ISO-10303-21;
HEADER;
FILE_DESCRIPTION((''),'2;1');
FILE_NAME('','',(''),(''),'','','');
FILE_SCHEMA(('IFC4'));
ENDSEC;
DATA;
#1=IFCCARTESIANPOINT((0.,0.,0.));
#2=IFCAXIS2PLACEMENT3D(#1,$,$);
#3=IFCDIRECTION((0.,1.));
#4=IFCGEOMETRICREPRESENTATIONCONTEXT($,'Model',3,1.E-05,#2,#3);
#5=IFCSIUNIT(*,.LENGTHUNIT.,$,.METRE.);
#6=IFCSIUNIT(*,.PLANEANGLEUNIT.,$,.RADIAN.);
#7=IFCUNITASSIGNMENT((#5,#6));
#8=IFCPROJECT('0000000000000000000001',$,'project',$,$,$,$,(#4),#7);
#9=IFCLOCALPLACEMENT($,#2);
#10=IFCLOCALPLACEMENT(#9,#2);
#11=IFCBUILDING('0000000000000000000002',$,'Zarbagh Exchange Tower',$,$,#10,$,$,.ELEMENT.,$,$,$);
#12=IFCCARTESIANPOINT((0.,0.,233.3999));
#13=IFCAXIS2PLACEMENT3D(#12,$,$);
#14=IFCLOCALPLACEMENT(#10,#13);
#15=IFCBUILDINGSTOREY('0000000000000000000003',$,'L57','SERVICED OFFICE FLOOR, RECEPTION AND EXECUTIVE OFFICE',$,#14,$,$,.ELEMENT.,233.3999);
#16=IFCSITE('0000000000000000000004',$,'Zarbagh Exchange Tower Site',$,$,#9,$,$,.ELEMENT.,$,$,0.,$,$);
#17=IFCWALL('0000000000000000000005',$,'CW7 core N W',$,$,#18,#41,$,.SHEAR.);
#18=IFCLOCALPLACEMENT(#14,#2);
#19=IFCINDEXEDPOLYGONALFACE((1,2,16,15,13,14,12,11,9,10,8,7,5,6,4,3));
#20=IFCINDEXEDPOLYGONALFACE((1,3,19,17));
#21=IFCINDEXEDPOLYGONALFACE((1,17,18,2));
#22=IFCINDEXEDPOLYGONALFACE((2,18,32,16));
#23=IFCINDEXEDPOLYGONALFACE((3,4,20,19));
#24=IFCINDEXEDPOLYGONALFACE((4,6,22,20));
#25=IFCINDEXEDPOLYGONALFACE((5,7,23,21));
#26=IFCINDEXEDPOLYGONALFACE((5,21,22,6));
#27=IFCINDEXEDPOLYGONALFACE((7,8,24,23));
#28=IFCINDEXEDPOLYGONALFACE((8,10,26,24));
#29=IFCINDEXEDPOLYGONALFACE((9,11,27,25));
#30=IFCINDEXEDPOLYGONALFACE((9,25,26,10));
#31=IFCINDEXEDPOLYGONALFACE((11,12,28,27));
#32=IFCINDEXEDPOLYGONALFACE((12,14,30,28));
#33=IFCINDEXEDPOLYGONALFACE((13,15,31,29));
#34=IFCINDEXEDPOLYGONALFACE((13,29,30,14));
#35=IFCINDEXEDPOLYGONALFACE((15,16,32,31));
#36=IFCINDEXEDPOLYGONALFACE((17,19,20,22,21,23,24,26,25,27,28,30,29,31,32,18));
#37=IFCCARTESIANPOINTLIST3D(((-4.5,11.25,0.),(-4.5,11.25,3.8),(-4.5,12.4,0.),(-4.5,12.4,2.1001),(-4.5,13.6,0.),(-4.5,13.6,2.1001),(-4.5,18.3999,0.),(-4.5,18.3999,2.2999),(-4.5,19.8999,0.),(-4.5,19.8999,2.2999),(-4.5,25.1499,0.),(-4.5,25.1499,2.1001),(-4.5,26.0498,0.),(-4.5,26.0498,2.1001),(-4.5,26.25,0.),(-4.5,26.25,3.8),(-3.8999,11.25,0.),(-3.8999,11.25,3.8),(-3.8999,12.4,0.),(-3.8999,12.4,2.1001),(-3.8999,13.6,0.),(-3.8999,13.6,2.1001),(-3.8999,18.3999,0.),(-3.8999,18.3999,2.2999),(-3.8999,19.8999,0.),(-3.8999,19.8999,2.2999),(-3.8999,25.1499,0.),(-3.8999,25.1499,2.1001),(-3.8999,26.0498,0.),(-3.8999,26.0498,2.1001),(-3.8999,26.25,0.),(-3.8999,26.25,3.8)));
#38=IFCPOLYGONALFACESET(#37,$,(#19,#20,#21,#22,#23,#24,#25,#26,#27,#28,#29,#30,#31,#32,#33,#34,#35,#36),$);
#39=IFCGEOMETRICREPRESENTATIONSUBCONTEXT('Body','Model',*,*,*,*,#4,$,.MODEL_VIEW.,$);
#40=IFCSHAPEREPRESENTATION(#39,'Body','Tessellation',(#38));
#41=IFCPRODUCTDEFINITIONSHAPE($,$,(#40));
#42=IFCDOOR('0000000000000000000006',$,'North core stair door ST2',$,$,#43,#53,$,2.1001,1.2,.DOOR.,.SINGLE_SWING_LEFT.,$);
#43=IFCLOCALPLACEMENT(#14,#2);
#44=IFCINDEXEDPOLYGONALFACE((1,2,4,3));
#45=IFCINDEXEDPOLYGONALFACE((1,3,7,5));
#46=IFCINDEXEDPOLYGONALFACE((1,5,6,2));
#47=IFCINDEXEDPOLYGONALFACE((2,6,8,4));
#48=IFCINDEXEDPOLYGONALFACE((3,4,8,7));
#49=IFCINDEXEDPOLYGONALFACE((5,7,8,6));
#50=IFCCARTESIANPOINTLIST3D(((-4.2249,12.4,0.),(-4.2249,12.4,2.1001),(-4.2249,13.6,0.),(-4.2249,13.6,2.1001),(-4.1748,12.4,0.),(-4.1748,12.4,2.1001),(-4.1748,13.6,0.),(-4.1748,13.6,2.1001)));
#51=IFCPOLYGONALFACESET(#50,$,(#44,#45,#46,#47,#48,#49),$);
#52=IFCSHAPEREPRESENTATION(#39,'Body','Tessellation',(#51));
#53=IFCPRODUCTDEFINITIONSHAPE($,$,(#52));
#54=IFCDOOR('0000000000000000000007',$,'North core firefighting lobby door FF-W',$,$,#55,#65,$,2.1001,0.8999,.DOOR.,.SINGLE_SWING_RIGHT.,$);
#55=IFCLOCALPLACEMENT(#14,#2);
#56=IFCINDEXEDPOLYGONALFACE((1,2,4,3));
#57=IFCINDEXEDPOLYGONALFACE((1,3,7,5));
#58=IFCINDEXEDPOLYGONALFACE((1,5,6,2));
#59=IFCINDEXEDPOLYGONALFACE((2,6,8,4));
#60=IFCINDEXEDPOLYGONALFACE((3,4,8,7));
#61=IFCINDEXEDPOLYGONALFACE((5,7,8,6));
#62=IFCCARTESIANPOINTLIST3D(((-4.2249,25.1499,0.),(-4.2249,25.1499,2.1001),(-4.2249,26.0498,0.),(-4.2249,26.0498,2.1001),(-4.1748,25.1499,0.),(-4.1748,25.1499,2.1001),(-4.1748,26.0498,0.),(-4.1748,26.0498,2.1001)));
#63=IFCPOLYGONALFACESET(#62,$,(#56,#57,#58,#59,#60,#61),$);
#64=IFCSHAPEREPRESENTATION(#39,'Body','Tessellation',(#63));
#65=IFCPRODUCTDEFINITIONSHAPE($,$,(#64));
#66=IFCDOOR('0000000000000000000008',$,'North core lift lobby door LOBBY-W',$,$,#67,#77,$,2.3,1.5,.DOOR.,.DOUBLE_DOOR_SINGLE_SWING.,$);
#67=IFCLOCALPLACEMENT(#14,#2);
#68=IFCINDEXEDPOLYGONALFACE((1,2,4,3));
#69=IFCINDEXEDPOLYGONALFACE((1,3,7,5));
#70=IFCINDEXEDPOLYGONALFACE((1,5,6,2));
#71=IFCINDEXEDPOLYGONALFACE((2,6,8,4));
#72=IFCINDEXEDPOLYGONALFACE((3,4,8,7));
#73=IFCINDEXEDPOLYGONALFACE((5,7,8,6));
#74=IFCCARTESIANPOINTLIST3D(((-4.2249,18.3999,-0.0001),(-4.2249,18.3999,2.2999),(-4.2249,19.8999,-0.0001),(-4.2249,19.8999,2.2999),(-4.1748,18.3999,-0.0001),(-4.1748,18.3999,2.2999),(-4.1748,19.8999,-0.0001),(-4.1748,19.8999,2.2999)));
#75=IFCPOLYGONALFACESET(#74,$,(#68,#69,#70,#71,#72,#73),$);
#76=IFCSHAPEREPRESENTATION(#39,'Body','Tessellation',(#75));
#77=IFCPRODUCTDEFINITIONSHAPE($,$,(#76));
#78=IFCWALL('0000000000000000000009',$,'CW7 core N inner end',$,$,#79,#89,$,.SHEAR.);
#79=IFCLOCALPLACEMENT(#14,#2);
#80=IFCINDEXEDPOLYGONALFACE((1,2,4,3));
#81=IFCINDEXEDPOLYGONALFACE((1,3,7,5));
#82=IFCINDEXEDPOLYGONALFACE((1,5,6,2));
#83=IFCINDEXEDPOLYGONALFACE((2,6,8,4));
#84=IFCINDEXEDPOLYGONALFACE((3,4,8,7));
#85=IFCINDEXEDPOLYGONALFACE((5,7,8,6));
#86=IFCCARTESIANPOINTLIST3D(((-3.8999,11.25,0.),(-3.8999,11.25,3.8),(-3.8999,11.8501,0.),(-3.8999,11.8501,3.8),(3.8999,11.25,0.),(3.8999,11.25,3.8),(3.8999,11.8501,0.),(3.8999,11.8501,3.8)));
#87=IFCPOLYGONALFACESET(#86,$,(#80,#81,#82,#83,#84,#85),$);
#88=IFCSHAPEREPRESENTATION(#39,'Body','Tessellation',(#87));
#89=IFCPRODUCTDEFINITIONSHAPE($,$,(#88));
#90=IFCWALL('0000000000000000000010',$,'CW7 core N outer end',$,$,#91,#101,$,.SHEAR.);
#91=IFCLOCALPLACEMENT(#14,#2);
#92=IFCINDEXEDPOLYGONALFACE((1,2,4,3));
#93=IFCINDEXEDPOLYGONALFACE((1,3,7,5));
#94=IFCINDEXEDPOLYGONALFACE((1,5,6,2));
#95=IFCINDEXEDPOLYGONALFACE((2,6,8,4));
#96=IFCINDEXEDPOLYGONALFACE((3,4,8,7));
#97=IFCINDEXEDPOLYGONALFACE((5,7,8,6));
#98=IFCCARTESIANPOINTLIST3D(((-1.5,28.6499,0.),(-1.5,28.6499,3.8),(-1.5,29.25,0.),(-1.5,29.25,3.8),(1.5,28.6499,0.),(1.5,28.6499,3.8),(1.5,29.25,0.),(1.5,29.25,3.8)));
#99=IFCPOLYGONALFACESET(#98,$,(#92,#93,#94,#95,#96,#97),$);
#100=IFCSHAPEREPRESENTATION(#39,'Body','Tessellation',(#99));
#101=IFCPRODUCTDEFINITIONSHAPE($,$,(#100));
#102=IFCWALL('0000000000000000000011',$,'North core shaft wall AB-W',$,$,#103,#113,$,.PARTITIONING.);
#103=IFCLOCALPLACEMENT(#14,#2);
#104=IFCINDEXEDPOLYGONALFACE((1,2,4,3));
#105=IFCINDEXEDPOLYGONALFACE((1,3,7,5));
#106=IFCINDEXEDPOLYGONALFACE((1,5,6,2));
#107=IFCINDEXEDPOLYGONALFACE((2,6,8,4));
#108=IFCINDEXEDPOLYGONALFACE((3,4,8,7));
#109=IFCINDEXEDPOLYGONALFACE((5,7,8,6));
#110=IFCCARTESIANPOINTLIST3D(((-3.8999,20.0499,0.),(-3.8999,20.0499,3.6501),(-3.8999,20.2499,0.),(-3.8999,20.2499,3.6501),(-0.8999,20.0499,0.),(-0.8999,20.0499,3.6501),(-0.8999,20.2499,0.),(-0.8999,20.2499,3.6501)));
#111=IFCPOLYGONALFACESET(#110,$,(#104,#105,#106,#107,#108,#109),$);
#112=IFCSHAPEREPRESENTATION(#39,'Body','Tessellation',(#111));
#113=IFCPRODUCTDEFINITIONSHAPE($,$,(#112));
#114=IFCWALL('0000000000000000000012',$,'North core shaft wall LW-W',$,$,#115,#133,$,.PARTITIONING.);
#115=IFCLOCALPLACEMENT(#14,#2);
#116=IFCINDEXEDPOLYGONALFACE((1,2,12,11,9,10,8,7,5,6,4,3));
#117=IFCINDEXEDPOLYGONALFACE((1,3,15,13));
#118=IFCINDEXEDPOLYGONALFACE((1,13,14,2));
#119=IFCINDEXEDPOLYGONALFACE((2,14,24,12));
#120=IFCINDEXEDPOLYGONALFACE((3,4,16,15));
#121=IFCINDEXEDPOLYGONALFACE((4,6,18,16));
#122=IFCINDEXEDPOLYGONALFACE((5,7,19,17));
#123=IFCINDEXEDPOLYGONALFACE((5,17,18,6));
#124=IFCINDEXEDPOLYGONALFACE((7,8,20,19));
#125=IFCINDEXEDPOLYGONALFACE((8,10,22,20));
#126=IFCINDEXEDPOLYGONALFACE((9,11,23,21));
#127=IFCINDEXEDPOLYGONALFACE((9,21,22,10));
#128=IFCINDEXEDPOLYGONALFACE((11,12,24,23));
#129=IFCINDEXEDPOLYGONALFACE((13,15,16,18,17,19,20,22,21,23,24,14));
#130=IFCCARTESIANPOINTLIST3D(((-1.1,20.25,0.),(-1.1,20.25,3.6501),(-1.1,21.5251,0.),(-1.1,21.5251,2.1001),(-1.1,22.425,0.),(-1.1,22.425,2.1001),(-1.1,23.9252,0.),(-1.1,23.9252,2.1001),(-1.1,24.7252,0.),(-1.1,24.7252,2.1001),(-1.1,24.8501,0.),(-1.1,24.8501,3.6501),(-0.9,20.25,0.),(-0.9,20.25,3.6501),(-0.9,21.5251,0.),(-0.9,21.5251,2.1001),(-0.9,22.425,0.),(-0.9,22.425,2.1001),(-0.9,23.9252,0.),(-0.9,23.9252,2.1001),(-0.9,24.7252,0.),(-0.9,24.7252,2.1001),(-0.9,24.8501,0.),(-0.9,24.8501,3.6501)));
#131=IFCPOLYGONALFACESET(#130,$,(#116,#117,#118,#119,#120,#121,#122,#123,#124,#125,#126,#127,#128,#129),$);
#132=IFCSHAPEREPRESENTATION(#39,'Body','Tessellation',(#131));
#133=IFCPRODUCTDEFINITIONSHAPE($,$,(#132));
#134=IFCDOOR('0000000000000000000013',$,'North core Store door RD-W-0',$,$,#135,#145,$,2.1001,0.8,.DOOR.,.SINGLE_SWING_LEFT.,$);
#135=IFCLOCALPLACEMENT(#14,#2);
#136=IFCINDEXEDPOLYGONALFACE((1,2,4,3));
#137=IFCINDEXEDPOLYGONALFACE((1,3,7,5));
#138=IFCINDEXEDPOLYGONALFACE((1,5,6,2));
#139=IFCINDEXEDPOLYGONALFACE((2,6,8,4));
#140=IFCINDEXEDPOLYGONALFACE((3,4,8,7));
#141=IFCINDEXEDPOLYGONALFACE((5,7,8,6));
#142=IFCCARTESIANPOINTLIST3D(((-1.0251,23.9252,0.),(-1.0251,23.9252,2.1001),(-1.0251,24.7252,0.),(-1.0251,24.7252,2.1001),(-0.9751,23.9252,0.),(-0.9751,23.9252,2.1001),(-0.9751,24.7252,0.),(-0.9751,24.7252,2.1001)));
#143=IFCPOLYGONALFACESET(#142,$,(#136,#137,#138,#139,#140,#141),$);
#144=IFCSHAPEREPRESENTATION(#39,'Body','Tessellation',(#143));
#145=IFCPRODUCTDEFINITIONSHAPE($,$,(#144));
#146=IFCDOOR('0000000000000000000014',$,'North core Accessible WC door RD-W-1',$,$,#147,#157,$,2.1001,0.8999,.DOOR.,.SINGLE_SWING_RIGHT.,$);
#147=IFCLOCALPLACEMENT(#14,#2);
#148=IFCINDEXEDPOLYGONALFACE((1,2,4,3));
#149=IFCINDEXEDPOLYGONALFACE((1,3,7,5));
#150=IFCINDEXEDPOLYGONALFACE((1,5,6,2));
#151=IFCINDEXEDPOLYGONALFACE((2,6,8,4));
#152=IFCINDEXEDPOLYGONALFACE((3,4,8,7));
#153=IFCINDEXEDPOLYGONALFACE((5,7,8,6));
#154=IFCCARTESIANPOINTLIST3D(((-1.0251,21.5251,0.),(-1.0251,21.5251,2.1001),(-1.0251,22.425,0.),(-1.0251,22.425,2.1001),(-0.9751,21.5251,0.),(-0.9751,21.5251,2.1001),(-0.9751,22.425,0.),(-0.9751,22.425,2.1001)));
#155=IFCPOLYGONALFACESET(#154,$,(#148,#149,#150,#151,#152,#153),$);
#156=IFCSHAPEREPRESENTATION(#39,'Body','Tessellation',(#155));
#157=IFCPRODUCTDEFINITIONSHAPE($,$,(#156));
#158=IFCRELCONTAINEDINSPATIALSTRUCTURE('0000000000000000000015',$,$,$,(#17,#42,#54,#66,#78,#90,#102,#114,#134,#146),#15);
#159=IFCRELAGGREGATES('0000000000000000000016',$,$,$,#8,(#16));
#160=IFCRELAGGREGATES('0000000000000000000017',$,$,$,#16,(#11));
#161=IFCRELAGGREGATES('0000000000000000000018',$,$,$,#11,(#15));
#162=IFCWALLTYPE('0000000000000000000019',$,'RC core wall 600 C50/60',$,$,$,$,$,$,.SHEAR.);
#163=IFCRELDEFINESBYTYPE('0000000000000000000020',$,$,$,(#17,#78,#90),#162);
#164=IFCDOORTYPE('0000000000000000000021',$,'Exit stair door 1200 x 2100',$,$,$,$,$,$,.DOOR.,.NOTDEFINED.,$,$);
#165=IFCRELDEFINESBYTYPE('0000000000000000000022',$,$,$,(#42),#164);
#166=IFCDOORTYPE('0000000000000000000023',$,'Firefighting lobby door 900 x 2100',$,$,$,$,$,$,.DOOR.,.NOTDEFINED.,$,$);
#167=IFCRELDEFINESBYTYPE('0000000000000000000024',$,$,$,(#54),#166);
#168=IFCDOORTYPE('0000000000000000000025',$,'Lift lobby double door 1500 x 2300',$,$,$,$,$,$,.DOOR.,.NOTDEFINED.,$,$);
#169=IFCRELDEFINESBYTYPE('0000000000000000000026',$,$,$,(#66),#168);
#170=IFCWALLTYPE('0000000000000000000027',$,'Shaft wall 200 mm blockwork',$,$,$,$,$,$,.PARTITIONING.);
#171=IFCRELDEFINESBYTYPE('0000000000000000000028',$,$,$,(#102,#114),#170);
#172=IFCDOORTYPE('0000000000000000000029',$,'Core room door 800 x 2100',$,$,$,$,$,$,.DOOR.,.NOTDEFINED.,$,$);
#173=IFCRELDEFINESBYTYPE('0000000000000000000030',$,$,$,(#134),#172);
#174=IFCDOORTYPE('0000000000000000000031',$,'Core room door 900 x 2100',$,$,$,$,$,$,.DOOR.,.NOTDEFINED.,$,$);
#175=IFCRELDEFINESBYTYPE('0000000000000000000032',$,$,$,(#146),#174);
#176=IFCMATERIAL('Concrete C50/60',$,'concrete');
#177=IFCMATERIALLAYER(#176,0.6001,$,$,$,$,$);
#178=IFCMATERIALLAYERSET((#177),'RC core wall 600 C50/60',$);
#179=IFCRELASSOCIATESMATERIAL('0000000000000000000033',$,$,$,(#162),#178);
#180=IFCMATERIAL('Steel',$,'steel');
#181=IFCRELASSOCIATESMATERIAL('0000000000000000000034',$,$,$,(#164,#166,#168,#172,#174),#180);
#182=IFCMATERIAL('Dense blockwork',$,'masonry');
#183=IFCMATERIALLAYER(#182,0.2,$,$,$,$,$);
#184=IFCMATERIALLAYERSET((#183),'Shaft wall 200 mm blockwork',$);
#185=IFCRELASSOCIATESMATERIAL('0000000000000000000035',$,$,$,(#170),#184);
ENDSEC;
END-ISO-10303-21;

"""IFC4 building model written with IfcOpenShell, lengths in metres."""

from ifc_helpers import new_model, si_unit, direction, frame, frame_2d, origin, place, context, subcontext, project, spatial, rectangle, extrude, material, layer, layer_set, type_object, element, fill, save


model = new_model("IFC4")

# Units and contexts
model_context = context("Model", 3, precision=1e-05, world=origin(), true_north=direction((0.0, 1.0)))
body_context = subcontext(model_context, "Body", "Model", "MODEL_VIEW")
ifc_project = project(units=[si_unit("LENGTHUNIT", "METRE"), si_unit("PLANEANGLEUNIT", "RADIAN")], contexts=[model_context])

# Site, building, storey
site_placement = place(None, origin())
site = spatial("IfcSite", under=ifc_project, at=site_placement, Name="Zarbagh Exchange Tower Site", CompositionType="ELEMENT", RefElevation=0.0)
building_placement = place(site_placement, origin())
building = spatial("IfcBuilding", under=site, at=building_placement, Name="Zarbagh Exchange Tower", CompositionType="ELEMENT")
storey_placement = place(building_placement, frame((0.0, 0.0, 233.3999)))
storey = spatial("IfcBuildingStorey", under=building, at=storey_placement, Name="L57", Description="SERVICED OFFICE FLOOR, RECEPTION AND EXECUTIVE OFFICE", CompositionType="ELEMENT", Elevation=233.3999)

# Shared definitions
ifc_material_1 = material(Name="Concrete C50/60", Category="concrete")

# Shared definitions
ifc_material_2 = material(Name="Dense blockwork", Category="masonry")

# Wall, openings, doors
ifc_layer_1 = layer(ifc_material_1, 0.6001)
ifc_layer_set_1 = layer_set([ifc_layer_1], Name="RC core wall 600 C50/60")
wall_type_1 = type_object("IfcWallType", Name="RC core wall 600 C50/60", PredefinedType="SHEAR", material=ifc_layer_set_1)
wall_1_placement = place(storey_placement, frame((-4.2, 11.25, 0.0), z_axis=(0.0, 0.0, 1.0), x_axis=(0.0, 1.0, 0.0)))
wall_1 = element("IfcWall", 1, at=wall_1_placement, inside=storey, type_object=wall_type_1, Name="CW7 core N W", PredefinedType="SHEAR", context=body_context, shape_type="SweptSolid", body=[
    extrude(rectangle(XDim=15.0, YDim=0.6001, at=frame_2d((7.5, 0.0))), origin(), (0.0, 0.0, 1.0), 3.8),
])
opening_1_placement = place(wall_1_placement, frame((7.1499, 0.0, 0.0)))
opening_1 = element("IfcOpeningElement", 2, at=opening_1_placement, cuts=wall_1, PredefinedType="OPENING", context=body_context, shape_type="SweptSolid", body=[
    extrude(rectangle(XDim=1.5, YDim=2.3, at=frame_2d((0.75, 1.1499))), frame((0.0, 0.3101, 0.0), z_axis=(0.0, -1.0, 0.0), x_axis=(1.0, 0.0, 0.0)), (0.0, 0.0, 1.0), 0.6201),
])
opening_2_placement = place(wall_1_placement, frame((13.8999, 0.0, 0.0)))
opening_2 = element("IfcOpeningElement", 3, at=opening_2_placement, cuts=wall_1, PredefinedType="OPENING", context=body_context, shape_type="SweptSolid", body=[
    extrude(rectangle(XDim=0.8999, YDim=2.1001, at=frame_2d((0.45, 1.05))), frame((0.0, 0.3101, 0.0), z_axis=(0.0, -1.0, 0.0), x_axis=(1.0, 0.0, 0.0)), (0.0, 0.0, 1.0), 0.6201),
])
opening_3_placement = place(wall_1_placement, frame((1.1499, 0.0, 0.0)))
opening_3 = element("IfcOpeningElement", 4, at=opening_3_placement, cuts=wall_1, PredefinedType="OPENING", context=body_context, shape_type="SweptSolid", body=[
    extrude(rectangle(XDim=1.2, YDim=2.1001, at=frame_2d((0.6001, 1.05))), frame((0.0, 0.3101, 0.0), z_axis=(0.0, -1.0, 0.0), x_axis=(1.0, 0.0, 0.0)), (0.0, 0.0, 1.0), 0.6201),
])
ifc_material_3 = material(Name="Steel", Category="steel")
door_type_1 = type_object("IfcDoorType", Name="Exit stair door 1200 x 2100", OperationType="NOTDEFINED", PredefinedType="DOOR", material=ifc_material_3)
door_1_placement = place(opening_3_placement, origin())
door_1 = element("IfcDoor", 5, at=door_1_placement, inside=storey, type_object=door_type_1, Name="North core stair door ST2", OperationType="SINGLE_SWING_LEFT", OverallHeight=2.1001, OverallWidth=1.2, PredefinedType="DOOR", context=body_context, shape_type="SweptSolid", body=[
    extrude(rectangle(XDim=1.2, YDim=2.1001, at=frame_2d((0.6001, 1.05))), frame((0.0, 0.0249, 0.0), z_axis=(0.0, -1.0, 0.0), x_axis=(1.0, 0.0, 0.0)), (0.0, 0.0, 1.0), 0.05),
])
fill(opening_3, door_1)
door_type_2 = type_object("IfcDoorType", Name="Firefighting lobby door 900 x 2100", OperationType="NOTDEFINED", PredefinedType="DOOR", material=ifc_material_3)
door_2_placement = place(opening_2_placement, origin())
door_2 = element("IfcDoor", 6, at=door_2_placement, inside=storey, type_object=door_type_2, Name="North core firefighting lobby door FF-W", OperationType="SINGLE_SWING_RIGHT", OverallHeight=2.1001, OverallWidth=0.8999, PredefinedType="DOOR", context=body_context, shape_type="SweptSolid", body=[
    extrude(rectangle(XDim=0.8999, YDim=2.1001, at=frame_2d((0.45, 1.05))), frame((0.0, 0.0249, 0.0), z_axis=(0.0, -1.0, 0.0), x_axis=(1.0, 0.0, 0.0)), (0.0, 0.0, 1.0), 0.05),
])
fill(opening_2, door_2)
door_type_3 = type_object("IfcDoorType", Name="Lift lobby double door 1500 x 2300", OperationType="NOTDEFINED", PredefinedType="DOOR", material=ifc_material_3)
door_3_placement = place(opening_1_placement, origin())
door_3 = element("IfcDoor", 7, at=door_3_placement, inside=storey, type_object=door_type_3, Name="North core lift lobby door LOBBY-W", OperationType="DOUBLE_DOOR_SINGLE_SWING", OverallHeight=2.3, OverallWidth=1.5, PredefinedType="DOOR", context=body_context, shape_type="SweptSolid", body=[
    extrude(rectangle(XDim=1.5, YDim=2.3, at=frame_2d((0.75, 1.1499))), frame((0.0, 0.0249, 0.0), z_axis=(0.0, -1.0, 0.0), x_axis=(1.0, 0.0, 0.0)), (0.0, 0.0, 1.0), 0.05),
])
fill(opening_1, door_3)

# Walls
wall_2_placement = place(storey_placement, frame((-3.8999, 11.55, 0.0), z_axis=(0.0, 0.0, 1.0), x_axis=(1.0, 0.0, 0.0)))
element("IfcWall", 8, at=wall_2_placement, inside=storey, type_object=wall_type_1, Name="CW7 core N inner end", PredefinedType="SHEAR", context=body_context, shape_type="SweptSolid", body=[
    extrude(rectangle(XDim=7.7998, YDim=0.6001, at=frame_2d((3.8999, 0.0))), origin(), (0.0, 0.0, 1.0), 3.8),
])
wall_3_placement = place(storey_placement, frame((-1.5, 28.95, 0.0), z_axis=(0.0, 0.0, 1.0), x_axis=(1.0, 0.0, 0.0)))
element("IfcWall", 9, at=wall_3_placement, inside=storey, type_object=wall_type_1, Name="CW7 core N outer end", PredefinedType="SHEAR", context=body_context, shape_type="SweptSolid", body=[
    extrude(rectangle(XDim=3.0, YDim=0.6001, at=frame_2d((1.5, 0.0))), origin(), (0.0, 0.0, 1.0), 3.8),
])
ifc_layer_2 = layer(ifc_material_2, 0.2)
ifc_layer_set_2 = layer_set([ifc_layer_2], Name="Shaft wall 200 mm blockwork")
wall_type_2 = type_object("IfcWallType", Name="Shaft wall 200 mm blockwork", PredefinedType="PARTITIONING", material=ifc_layer_set_2)
wall_4_placement = place(storey_placement, frame((-3.8999, 20.1499, 0.0), z_axis=(0.0, 0.0, 1.0), x_axis=(1.0, 0.0, 0.0)))
element("IfcWall", 10, at=wall_4_placement, inside=storey, type_object=wall_type_2, Name="North core shaft wall AB-W", PredefinedType="PARTITIONING", context=body_context, shape_type="SweptSolid", body=[
    extrude(rectangle(XDim=3.0, YDim=0.2, at=frame_2d((1.5, 0.0))), origin(), (0.0, 0.0, 1.0), 3.6501),
])

# Wall, openings, doors
wall_5_placement = place(storey_placement, frame((-1.0, 24.8501, 0.0), z_axis=(0.0, 0.0, 1.0), x_axis=(0.0, -1.0, 0.0)))
wall_5 = element("IfcWall", 11, at=wall_5_placement, inside=storey, type_object=wall_type_2, Name="North core shaft wall LW-W", PredefinedType="PARTITIONING", context=body_context, shape_type="SweptSolid", body=[
    extrude(rectangle(XDim=4.6001, YDim=0.2, at=frame_2d((2.3, 0.0))), origin(), (0.0, 0.0, 1.0), 3.6501),
])
opening_4_placement = place(wall_5_placement, frame((0.125, 0.0, 0.0)))
opening_4 = element("IfcOpeningElement", 12, at=opening_4_placement, cuts=wall_5, PredefinedType="OPENING", context=body_context, shape_type="SweptSolid", body=[
    extrude(rectangle(XDim=0.8, YDim=2.1001, at=frame_2d((0.3999, 1.05))), frame((0.0, 0.1099, 0.0), z_axis=(0.0, -1.0, 0.0), x_axis=(1.0, 0.0, 0.0)), (0.0, 0.0, 1.0), 0.22),
])
opening_5_placement = place(wall_5_placement, frame((2.425, 0.0, 0.0)))
opening_5 = element("IfcOpeningElement", 13, at=opening_5_placement, cuts=wall_5, PredefinedType="OPENING", context=body_context, shape_type="SweptSolid", body=[
    extrude(rectangle(XDim=0.8999, YDim=2.1001, at=frame_2d((0.45, 1.05))), frame((0.0, 0.1099, 0.0), z_axis=(0.0, -1.0, 0.0), x_axis=(1.0, 0.0, 0.0)), (0.0, 0.0, 1.0), 0.22),
])
door_type_4 = type_object("IfcDoorType", Name="Core room door 800 x 2100", OperationType="NOTDEFINED", PredefinedType="DOOR", material=ifc_material_3)
door_4_placement = place(opening_4_placement, origin())
door_4 = element("IfcDoor", 14, at=door_4_placement, inside=storey, type_object=door_type_4, Name="North core Store door RD-W-0", OperationType="SINGLE_SWING_LEFT", OverallHeight=2.1001, OverallWidth=0.8, PredefinedType="DOOR", context=body_context, shape_type="SweptSolid", body=[
    extrude(rectangle(XDim=0.8, YDim=2.1001, at=frame_2d((0.3999, 1.05))), frame((0.0, 0.0249, 0.0), z_axis=(0.0, -1.0, 0.0), x_axis=(1.0, 0.0, 0.0)), (0.0, 0.0, 1.0), 0.05),
])
fill(opening_4, door_4)
door_type_5 = type_object("IfcDoorType", Name="Core room door 900 x 2100", OperationType="NOTDEFINED", PredefinedType="DOOR", material=ifc_material_3)
door_5_placement = place(opening_5_placement, origin())
door_5 = element("IfcDoor", 15, at=door_5_placement, inside=storey, type_object=door_type_5, Name="North core Accessible WC door RD-W-1", OperationType="SINGLE_SWING_RIGHT", OverallHeight=2.1001, OverallWidth=0.8999, PredefinedType="DOOR", context=body_context, shape_type="SweptSolid", body=[
    extrude(rectangle(XDim=0.8999, YDim=2.1001, at=frame_2d((0.45, 1.05))), frame((0.0, 0.0249, 0.0), z_axis=(0.0, -1.0, 0.0), x_axis=(1.0, 0.0, 0.0)), (0.0, 0.0, 1.0), 0.05),
])
fill(opening_5, door_5)

save(model, "model.ifc")
